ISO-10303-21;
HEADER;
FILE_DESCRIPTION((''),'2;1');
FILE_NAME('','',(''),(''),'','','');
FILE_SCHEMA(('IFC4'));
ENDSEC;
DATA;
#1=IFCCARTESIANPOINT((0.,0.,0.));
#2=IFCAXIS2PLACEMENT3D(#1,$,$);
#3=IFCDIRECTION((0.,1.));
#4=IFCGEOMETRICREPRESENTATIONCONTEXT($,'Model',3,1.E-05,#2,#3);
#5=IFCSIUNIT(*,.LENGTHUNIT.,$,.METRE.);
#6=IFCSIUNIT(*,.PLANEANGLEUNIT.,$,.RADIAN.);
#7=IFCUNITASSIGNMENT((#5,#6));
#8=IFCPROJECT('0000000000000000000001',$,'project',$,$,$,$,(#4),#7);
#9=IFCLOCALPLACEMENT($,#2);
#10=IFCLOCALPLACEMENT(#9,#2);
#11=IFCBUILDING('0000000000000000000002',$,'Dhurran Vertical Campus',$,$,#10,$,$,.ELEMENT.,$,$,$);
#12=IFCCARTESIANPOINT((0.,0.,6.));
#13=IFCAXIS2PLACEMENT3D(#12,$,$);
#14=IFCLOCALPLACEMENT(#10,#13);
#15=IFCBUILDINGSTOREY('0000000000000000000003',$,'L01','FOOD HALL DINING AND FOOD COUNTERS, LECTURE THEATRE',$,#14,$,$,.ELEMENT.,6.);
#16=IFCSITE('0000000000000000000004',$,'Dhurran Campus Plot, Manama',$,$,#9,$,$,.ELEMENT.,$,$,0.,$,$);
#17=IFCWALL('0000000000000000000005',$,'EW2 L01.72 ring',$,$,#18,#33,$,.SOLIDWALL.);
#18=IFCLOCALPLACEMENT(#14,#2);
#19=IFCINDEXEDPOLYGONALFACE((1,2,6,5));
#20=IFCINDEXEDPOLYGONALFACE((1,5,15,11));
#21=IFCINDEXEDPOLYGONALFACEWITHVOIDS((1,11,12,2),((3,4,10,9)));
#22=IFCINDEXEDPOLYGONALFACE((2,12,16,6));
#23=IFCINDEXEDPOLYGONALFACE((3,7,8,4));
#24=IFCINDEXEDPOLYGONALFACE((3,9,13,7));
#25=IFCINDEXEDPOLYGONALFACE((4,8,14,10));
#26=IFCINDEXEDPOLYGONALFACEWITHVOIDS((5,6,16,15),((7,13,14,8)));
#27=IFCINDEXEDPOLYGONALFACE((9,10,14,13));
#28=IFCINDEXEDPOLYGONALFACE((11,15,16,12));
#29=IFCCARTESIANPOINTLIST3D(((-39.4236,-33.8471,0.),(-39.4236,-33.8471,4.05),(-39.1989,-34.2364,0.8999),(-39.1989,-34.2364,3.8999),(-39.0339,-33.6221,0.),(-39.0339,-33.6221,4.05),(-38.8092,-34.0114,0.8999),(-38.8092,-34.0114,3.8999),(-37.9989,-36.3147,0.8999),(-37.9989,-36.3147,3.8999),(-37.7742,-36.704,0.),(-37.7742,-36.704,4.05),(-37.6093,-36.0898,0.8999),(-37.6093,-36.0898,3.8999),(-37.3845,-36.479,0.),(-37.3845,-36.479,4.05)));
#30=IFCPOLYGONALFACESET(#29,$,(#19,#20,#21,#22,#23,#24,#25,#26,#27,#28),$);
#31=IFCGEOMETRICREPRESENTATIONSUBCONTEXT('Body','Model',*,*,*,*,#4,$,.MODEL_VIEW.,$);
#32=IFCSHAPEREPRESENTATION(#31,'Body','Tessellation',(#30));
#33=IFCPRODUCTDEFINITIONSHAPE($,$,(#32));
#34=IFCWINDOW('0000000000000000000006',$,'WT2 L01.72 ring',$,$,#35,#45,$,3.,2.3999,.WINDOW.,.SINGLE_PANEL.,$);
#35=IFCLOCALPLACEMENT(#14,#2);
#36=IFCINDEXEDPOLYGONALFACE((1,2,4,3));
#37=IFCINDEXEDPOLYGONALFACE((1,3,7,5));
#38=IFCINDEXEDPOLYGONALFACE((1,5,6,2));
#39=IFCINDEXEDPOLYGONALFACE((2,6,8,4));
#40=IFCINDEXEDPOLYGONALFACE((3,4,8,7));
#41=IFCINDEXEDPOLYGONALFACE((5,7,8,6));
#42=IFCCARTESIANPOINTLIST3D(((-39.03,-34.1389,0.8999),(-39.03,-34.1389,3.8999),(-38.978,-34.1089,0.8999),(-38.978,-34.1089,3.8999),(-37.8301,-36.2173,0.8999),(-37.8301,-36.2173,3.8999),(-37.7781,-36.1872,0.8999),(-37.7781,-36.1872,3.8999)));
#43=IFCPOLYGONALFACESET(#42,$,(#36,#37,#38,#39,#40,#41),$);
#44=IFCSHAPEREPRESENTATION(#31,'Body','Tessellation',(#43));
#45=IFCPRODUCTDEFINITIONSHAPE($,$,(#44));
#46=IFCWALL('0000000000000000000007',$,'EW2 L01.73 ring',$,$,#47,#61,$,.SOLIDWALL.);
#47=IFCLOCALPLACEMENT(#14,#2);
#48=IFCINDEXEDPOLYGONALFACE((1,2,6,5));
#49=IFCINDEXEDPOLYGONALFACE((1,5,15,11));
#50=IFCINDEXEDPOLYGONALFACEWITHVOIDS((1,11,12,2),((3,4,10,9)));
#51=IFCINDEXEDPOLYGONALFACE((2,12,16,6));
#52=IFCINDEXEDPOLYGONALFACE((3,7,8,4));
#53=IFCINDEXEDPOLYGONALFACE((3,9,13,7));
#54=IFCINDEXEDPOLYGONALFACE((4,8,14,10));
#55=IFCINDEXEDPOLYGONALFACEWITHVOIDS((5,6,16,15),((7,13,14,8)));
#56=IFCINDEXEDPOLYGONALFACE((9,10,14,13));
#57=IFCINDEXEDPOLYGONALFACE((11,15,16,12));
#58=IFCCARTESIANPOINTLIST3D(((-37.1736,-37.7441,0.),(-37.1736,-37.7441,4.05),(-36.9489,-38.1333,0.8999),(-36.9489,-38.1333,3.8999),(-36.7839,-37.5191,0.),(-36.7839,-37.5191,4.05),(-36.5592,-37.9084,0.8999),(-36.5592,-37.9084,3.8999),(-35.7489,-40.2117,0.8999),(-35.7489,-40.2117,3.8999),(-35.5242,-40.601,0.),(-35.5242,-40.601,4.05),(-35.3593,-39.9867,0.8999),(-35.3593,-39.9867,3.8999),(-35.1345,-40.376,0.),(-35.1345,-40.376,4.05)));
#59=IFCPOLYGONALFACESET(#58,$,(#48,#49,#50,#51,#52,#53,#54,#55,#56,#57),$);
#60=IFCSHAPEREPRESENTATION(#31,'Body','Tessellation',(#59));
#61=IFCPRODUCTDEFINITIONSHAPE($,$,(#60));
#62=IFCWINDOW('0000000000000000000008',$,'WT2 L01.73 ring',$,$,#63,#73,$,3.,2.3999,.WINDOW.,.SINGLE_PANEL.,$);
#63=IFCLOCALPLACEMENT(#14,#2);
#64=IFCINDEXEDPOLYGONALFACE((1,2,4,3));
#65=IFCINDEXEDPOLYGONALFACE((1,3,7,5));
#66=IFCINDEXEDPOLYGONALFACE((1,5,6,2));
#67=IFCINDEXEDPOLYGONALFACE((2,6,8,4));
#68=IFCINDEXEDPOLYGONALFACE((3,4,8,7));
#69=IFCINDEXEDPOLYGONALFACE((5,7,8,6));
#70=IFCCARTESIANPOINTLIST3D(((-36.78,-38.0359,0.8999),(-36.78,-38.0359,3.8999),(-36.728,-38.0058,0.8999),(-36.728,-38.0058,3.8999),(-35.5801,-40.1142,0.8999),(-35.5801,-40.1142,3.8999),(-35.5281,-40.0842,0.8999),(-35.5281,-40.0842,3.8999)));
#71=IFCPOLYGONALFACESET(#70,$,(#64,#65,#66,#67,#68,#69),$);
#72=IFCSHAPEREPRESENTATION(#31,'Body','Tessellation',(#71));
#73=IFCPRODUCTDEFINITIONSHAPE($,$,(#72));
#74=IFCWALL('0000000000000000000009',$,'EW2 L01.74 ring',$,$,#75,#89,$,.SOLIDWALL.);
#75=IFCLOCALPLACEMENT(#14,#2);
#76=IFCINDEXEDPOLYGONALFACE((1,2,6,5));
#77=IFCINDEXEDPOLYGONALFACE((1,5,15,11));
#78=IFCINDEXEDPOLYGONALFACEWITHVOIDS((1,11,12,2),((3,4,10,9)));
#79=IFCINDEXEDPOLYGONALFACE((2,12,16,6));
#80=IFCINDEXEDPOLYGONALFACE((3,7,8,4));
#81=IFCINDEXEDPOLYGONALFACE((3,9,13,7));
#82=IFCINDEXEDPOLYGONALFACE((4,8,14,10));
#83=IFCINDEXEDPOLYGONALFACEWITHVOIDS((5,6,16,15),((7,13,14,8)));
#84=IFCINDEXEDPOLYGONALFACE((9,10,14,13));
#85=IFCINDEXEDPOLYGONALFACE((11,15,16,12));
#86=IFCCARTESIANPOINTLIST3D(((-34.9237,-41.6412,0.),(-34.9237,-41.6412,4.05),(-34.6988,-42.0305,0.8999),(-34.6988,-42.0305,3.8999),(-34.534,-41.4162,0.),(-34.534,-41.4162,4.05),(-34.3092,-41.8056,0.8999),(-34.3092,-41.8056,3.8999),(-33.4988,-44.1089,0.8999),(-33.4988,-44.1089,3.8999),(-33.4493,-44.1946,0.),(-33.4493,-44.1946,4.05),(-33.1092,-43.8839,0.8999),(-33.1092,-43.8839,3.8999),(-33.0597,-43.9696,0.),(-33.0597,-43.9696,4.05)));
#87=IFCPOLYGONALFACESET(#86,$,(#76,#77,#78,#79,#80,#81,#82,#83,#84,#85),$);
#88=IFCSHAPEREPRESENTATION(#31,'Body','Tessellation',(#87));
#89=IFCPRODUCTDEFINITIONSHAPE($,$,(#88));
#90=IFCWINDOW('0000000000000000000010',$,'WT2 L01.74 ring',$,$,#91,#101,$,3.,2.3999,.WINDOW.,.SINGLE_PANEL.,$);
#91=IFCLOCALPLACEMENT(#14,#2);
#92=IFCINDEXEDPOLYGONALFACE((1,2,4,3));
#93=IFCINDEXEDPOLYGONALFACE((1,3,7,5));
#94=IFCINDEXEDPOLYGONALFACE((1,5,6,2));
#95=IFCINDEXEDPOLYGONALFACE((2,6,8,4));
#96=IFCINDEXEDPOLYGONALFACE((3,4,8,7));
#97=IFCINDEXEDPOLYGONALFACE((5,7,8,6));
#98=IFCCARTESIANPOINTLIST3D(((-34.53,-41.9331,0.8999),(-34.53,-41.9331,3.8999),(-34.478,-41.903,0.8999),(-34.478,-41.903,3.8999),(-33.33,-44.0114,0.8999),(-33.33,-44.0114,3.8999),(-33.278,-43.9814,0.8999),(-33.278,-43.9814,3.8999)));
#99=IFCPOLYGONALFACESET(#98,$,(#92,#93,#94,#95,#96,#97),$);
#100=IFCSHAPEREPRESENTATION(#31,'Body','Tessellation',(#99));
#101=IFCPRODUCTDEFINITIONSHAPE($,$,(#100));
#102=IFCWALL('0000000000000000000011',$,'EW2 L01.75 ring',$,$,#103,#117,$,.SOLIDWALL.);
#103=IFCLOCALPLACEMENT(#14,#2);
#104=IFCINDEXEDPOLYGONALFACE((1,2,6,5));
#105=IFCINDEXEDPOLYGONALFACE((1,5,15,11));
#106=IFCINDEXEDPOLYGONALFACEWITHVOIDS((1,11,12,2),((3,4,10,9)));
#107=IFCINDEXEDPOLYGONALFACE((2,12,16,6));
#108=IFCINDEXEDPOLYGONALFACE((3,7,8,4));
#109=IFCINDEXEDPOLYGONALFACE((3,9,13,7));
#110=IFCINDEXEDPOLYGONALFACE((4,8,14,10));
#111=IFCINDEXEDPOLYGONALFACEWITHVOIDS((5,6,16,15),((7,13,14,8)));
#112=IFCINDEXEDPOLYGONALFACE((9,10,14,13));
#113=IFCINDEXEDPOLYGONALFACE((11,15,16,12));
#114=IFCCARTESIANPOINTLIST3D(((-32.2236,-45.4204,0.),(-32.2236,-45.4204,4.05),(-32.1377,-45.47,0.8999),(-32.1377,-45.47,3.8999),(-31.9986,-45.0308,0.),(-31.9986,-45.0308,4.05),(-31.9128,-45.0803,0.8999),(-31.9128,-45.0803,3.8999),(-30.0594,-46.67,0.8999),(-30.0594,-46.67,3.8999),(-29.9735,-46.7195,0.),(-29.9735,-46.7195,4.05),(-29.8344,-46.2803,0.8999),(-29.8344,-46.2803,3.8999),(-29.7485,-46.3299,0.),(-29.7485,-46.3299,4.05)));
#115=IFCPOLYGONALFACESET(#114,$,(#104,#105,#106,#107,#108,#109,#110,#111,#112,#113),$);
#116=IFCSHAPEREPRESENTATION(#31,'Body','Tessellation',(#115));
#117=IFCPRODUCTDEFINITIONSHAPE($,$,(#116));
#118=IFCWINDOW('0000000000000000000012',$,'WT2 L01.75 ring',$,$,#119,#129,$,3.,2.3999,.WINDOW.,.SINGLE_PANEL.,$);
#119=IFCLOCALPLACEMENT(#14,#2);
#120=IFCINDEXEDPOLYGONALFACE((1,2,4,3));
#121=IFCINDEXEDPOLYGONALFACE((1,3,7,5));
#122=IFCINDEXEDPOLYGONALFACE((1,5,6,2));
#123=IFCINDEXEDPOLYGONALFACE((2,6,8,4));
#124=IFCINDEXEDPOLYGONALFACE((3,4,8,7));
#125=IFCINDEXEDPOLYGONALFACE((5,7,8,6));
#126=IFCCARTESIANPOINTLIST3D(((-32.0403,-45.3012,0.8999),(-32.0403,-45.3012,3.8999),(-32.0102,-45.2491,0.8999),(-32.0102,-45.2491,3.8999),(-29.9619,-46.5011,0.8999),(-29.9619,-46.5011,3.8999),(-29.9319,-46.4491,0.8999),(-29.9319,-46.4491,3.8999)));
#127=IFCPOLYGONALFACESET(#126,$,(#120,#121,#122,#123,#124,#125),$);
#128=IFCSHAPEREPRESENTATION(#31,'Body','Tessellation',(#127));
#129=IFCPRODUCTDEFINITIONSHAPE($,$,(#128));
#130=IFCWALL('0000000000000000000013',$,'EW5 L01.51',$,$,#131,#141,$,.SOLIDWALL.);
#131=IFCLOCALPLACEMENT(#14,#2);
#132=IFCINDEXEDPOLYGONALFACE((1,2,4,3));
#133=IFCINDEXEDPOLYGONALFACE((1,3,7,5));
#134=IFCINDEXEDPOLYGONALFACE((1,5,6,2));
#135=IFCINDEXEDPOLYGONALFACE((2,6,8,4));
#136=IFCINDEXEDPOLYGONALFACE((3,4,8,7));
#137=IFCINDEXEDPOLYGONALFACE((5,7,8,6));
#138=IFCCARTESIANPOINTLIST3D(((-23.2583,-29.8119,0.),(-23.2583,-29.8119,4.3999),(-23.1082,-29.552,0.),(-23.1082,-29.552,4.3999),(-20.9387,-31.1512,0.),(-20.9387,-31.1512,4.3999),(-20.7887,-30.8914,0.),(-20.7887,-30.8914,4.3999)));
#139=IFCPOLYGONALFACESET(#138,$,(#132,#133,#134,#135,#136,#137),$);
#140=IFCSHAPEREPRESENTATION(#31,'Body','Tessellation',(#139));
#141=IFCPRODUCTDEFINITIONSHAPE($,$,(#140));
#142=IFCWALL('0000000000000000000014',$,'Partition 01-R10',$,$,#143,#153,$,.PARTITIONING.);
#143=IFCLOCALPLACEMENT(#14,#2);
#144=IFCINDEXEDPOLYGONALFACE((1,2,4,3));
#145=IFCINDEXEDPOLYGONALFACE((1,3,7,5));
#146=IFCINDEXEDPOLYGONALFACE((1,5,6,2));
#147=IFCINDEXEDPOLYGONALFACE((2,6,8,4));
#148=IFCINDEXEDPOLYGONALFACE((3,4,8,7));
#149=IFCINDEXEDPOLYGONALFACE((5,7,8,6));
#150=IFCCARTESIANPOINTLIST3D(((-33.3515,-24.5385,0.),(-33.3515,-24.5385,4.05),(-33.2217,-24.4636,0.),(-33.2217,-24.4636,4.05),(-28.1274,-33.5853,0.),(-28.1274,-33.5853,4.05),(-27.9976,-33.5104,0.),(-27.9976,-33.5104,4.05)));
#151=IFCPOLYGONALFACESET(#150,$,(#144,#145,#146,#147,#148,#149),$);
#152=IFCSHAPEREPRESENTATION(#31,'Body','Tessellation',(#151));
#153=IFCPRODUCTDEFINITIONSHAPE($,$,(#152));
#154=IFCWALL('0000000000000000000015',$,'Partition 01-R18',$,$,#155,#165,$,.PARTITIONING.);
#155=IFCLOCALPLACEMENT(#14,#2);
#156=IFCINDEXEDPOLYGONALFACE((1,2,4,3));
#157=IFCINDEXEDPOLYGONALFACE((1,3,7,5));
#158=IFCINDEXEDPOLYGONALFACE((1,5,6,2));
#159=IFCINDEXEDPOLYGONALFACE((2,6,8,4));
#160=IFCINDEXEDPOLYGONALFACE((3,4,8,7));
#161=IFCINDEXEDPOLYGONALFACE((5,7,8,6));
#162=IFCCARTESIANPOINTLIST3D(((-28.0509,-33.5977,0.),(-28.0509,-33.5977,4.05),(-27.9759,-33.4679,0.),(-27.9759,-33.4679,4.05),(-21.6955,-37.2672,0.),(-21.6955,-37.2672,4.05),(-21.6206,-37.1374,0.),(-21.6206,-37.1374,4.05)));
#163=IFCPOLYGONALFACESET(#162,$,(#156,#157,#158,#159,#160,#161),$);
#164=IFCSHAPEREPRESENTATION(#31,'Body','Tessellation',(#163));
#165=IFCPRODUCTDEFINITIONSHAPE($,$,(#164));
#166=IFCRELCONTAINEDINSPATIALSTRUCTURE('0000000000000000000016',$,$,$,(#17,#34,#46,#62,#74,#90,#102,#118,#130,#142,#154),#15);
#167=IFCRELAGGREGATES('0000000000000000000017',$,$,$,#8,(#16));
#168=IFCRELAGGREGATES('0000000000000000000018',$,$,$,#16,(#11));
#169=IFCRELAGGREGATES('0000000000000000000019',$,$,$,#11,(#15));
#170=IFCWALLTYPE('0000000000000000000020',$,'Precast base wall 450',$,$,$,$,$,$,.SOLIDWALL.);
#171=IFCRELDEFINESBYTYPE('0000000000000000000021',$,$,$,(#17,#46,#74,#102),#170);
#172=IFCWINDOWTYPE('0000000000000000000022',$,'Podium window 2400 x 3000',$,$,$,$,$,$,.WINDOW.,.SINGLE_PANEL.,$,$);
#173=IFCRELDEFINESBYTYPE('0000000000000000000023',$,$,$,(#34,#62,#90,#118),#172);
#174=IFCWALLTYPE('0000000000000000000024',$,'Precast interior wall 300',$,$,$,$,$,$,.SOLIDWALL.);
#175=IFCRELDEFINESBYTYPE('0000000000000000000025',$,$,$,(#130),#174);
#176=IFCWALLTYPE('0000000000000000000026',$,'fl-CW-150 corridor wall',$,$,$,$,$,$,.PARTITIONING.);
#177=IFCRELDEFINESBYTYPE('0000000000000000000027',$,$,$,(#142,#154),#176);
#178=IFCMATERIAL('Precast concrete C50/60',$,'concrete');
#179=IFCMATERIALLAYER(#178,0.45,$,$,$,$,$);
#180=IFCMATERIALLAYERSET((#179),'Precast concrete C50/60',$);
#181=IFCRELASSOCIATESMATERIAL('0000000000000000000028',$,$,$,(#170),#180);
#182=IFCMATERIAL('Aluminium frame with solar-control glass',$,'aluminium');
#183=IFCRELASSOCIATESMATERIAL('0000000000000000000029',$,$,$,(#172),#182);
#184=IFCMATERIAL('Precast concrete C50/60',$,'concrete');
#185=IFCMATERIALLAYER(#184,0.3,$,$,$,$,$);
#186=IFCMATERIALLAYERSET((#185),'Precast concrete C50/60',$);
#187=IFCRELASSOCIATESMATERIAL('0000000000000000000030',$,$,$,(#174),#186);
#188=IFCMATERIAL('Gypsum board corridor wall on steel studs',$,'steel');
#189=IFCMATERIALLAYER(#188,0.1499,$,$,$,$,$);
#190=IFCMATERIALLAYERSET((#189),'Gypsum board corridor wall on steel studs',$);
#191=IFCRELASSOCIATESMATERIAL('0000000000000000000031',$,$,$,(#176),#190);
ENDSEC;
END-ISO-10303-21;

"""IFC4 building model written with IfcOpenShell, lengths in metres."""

from ifc_helpers import new_model, si_unit, direction, frame, frame_2d, origin, place, context, subcontext, project, spatial, rectangle, extrude, material, layer, layer_set, type_object, element, fill, save


model = new_model("IFC4")

# Units and contexts
model_context = context("Model", 3, precision=1e-05, world=origin(), true_north=direction((0.0, 1.0)))
body_context = subcontext(model_context, "Body", "Model", "MODEL_VIEW")
ifc_project = project(units=[si_unit("LENGTHUNIT", "METRE"), si_unit("PLANEANGLEUNIT", "RADIAN")], contexts=[model_context])

# Site, building, storey
site_placement = place(None, origin())
site = spatial("IfcSite", under=ifc_project, at=site_placement, Name="Dhurran Campus Plot, Manama", CompositionType="ELEMENT", RefElevation=0.0)
building_placement = place(site_placement, origin())
building = spatial("IfcBuilding", under=site, at=building_placement, Name="Dhurran Vertical Campus", CompositionType="ELEMENT")
storey_placement = place(building_placement, frame((0.0, 0.0, 6.0)))
storey = spatial("IfcBuildingStorey", under=building, at=storey_placement, Name="L01", Description="FOOD HALL DINING AND FOOD COUNTERS, LECTURE THEATRE", CompositionType="ELEMENT", Elevation=6.0)

# Walls, openings, windows
ifc_material_1 = material(Name="Precast concrete C50/60", Category="concrete")
ifc_layer_1 = layer(ifc_material_1, 0.45)
ifc_layer_set_1 = layer_set([ifc_layer_1], Name="Precast concrete C50/60")
wall_type_1 = type_object("IfcWallType", Name="Precast base wall 450", PredefinedType="SOLIDWALL", material=ifc_layer_set_1)
ifc_material_2 = material(Name="Aluminium frame with solar-control glass", Category="aluminium")
window_type = type_object("IfcWindowType", Name="Podium window 2400 x 3000", PartitioningType="SINGLE_PANEL", PredefinedType="WINDOW", material=ifc_material_2)
wall_1_placement = place(storey_placement, frame((-39.2288, -33.7346, 0.0), z_axis=(0.0, 0.0, 1.0), x_axis=(0.499992, -0.86603, 0.0)))
wall_1 = element("IfcWall", 1, at=wall_1_placement, inside=storey, type_object=wall_type_1, Name="EW2 L01.72 ring", PredefinedType="SOLIDWALL", context=body_context, shape_type="SweptSolid", body=[
    extrude(rectangle(XDim=3.2988, YDim=0.45, at=frame_2d((1.6494, 0.0))), origin(), (0.0, 0.0, 1.0), 4.05),
])
opening_1_placement = place(wall_1_placement, frame((0.4495, 0.0, 0.8999)))
opening_1 = element("IfcOpeningElement", 2, at=opening_1_placement, cuts=wall_1, PredefinedType="OPENING", context=body_context, shape_type="SweptSolid", body=[
    extrude(rectangle(XDim=2.3999, YDim=3.0, at=frame_2d((1.2, 1.5))), frame((0.0, 0.2349, 0.0), z_axis=(0.0, -1.0, 0.0), x_axis=(1.0, 0.0, 0.0)), (0.0, 0.0, 1.0), 0.47),
])
window_1_placement = place(opening_1_placement, origin())
window_1 = element("IfcWindow", 3, at=window_1_placement, inside=storey, type_object=window_type, Name="WT2 L01.72 ring", OverallHeight=3.0, OverallWidth=2.3999, PartitioningType="SINGLE_PANEL", PredefinedType="WINDOW", context=body_context, shape_type="SweptSolid", body=[
    extrude(rectangle(XDim=2.3999, YDim=3.0, at=frame_2d((1.2, 1.5))), frame((0.0, 0.03, 0.0), z_axis=(0.0, -1.0, 0.0), x_axis=(1.0, 0.0, 0.0)), (0.0, 0.0, 1.0), 0.0601),
])
fill(opening_1, window_1)
wall_2_placement = place(storey_placement, frame((-36.9788, -37.6316, 0.0), z_axis=(0.0, 0.0, 1.0), x_axis=(0.499992, -0.86603, 0.0)))
wall_2 = element("IfcWall", 4, at=wall_2_placement, inside=storey, type_object=wall_type_1, Name="EW2 L01.73 ring", PredefinedType="SOLIDWALL", context=body_context, shape_type="SweptSolid", body=[
    extrude(rectangle(XDim=3.2988, YDim=0.45, at=frame_2d((1.6494, 0.0))), origin(), (0.0, 0.0, 1.0), 4.05),
])
opening_2_placement = place(wall_2_placement, frame((0.4495, 0.0, 0.8999)))
opening_2 = element("IfcOpeningElement", 5, at=opening_2_placement, cuts=wall_2, PredefinedType="OPENING", context=body_context, shape_type="SweptSolid", body=[
    extrude(rectangle(XDim=2.3999, YDim=3.0, at=frame_2d((1.2, 1.5))), frame((0.0, 0.2349, 0.0), z_axis=(0.0, -1.0, 0.0), x_axis=(1.0, 0.0, 0.0)), (0.0, 0.0, 1.0), 0.47),
])
window_2_placement = place(opening_2_placement, origin())
window_2 = element("IfcWindow", 6, at=window_2_placement, inside=storey, type_object=window_type, Name="WT2 L01.73 ring", OverallHeight=3.0, OverallWidth=2.3999, PartitioningType="SINGLE_PANEL", PredefinedType="WINDOW", context=body_context, shape_type="SweptSolid", body=[
    extrude(rectangle(XDim=2.3999, YDim=3.0, at=frame_2d((1.2, 1.5))), frame((0.0, 0.03, 0.0), z_axis=(0.0, -1.0, 0.0), x_axis=(1.0, 0.0, 0.0)), (0.0, 0.0, 1.0), 0.0601),
])
fill(opening_2, window_2)
wall_3_placement = place(storey_placement, frame((-34.7288, -41.5288, 0.0), z_axis=(0.0, 0.0, 1.0), x_axis=(0.500031, -0.866008, 0.0)))
wall_3 = element("IfcWall", 7, at=wall_3_placement, inside=storey, type_object=wall_type_1, Name="EW2 L01.74 ring", PredefinedType="SOLIDWALL", context=body_context, shape_type="SweptSolid", body=[
    extrude(rectangle(XDim=2.9485, YDim=0.45, at=frame_2d((1.4741, 0.0))), origin(), (0.0, 0.0, 1.0), 4.05),
])
opening_3_placement = place(wall_3_placement, frame((0.4495, 0.0, 0.8999)))
opening_3 = element("IfcOpeningElement", 8, at=opening_3_placement, cuts=wall_3, PredefinedType="OPENING", context=body_context, shape_type="SweptSolid", body=[
    extrude(rectangle(XDim=2.3999, YDim=3.0, at=frame_2d((1.2, 1.5))), frame((0.0, 0.2349, 0.0), z_axis=(0.0, -1.0, 0.0), x_axis=(1.0, 0.0, 0.0)), (0.0, 0.0, 1.0), 0.47),
])
window_3_placement = place(opening_3_placement, origin())
window_3 = element("IfcWindow", 9, at=window_3_placement, inside=storey, type_object=window_type, Name="WT2 L01.74 ring", OverallHeight=3.0, OverallWidth=2.3999, PartitioningType="SINGLE_PANEL", PredefinedType="WINDOW", context=body_context, shape_type="SweptSolid", body=[
    extrude(rectangle(XDim=2.3999, YDim=3.0, at=frame_2d((1.2, 1.5))), frame((0.0, 0.03, 0.0), z_axis=(0.0, -1.0, 0.0), x_axis=(1.0, 0.0, 0.0)), (0.0, 0.0, 1.0), 0.0601),
])
fill(opening_3, window_3)
wall_4_placement = place(storey_placement, frame((-32.1111, -45.2256, 0.0), z_axis=(0.0, 0.0, 1.0), x_axis=(0.86602, -0.50001, 0.0)))
wall_4 = element("IfcWall", 10, at=wall_4_placement, inside=storey, type_object=wall_type_1, Name="EW2 L01.75 ring", PredefinedType="SOLIDWALL", context=body_context, shape_type="SweptSolid", body=[
    extrude(rectangle(XDim=2.5981, YDim=0.45, at=frame_2d((1.2991, 0.0))), origin(), (0.0, 0.0, 1.0), 4.05),
])
opening_4_placement = place(wall_4_placement, frame((0.0991, 0.0, 0.8999)))
opening_4 = element("IfcOpeningElement", 11, at=opening_4_placement, cuts=wall_4, PredefinedType="OPENING", context=body_context, shape_type="SweptSolid", body=[
    extrude(rectangle(XDim=2.3999, YDim=3.0, at=frame_2d((1.2, 1.5))), frame((0.0, 0.2349, 0.0), z_axis=(0.0, -1.0, 0.0), x_axis=(1.0, 0.0, 0.0)), (0.0, 0.0, 1.0), 0.47),
])
window_4_placement = place(opening_4_placement, origin())
window_4 = element("IfcWindow", 12, at=window_4_placement, inside=storey, type_object=window_type, Name="WT2 L01.75 ring", OverallHeight=3.0, OverallWidth=2.3999, PartitioningType="SINGLE_PANEL", PredefinedType="WINDOW", context=body_context, shape_type="SweptSolid", body=[
    extrude(rectangle(XDim=2.3999, YDim=3.0, at=frame_2d((1.2, 1.5))), frame((0.0, 0.03, 0.0), z_axis=(0.0, -1.0, 0.0), x_axis=(1.0, 0.0, 0.0)), (0.0, 0.0, 1.0), 0.0601),
])
fill(opening_4, window_4)

# Walls
ifc_material_3 = material(Name="Precast concrete C50/60", Category="concrete")
ifc_layer_2 = layer(ifc_material_3, 0.3)
ifc_layer_set_2 = layer_set([ifc_layer_2], Name="Precast concrete C50/60")
wall_type_2 = type_object("IfcWallType", Name="Precast interior wall 300", PredefinedType="SOLIDWALL", material=ifc_layer_set_2)
wall_5_placement = place(storey_placement, frame((-23.1833, -29.6819, 0.0), z_axis=(0.0, 0.0, 1.0), x_axis=(0.866002, -0.500041, 0.0)))
element("IfcWall", 13, at=wall_5_placement, inside=storey, type_object=wall_type_2, Name="EW5 L01.51", PredefinedType="SOLIDWALL", context=body_context, shape_type="SweptSolid", body=[
    extrude(rectangle(XDim=2.6785, YDim=0.3, at=frame_2d((1.3394, 0.0))), origin(), (0.0, 0.0, 1.0), 4.3999),
])
ifc_material_4 = material(Name="Gypsum board corridor wall on steel studs", Category="steel")
ifc_layer_3 = layer(ifc_material_4, 0.1499)
ifc_layer_set_3 = layer_set([ifc_layer_3], Name="Gypsum board corridor wall on steel studs")
wall_type_3 = type_object("IfcWallType", Name="fl-CW-150 corridor wall", PredefinedType="PARTITIONING", material=ifc_layer_set_3)
wall_6_placement = place(storey_placement, frame((-28.0625, -33.5479, 0.0), z_axis=(0.0, 0.0, 1.0), x_axis=(-0.500065, 0.865988, 0.0)))
element("IfcWall", 14, at=wall_6_placement, inside=storey, type_object=wall_type_3, Name="Partition 01-R10", PredefinedType="PARTITIONING", context=body_context, shape_type="SweptSolid", body=[
    extrude(rectangle(XDim=10.4468, YDim=0.1499, at=frame_2d((5.2234, 0.0))), origin(), (0.0, 0.0, 1.0), 4.05),
])
wall_7_placement = place(storey_placement, frame((-21.658, -37.2024, 0.0), z_axis=(0.0, 0.0, 1.0), x_axis=(-0.866011, 0.500025, 0.0)))
element("IfcWall", 15, at=wall_7_placement, inside=storey, type_object=wall_type_3, Name="Partition 01-R18", PredefinedType="PARTITIONING", context=body_context, shape_type="SweptSolid", body=[
    extrude(rectangle(XDim=7.3386, YDim=0.1499, at=frame_2d((3.6694, 0.0))), origin(), (0.0, 0.0, 1.0), 4.05),
])

save(model, "model.ifc")
